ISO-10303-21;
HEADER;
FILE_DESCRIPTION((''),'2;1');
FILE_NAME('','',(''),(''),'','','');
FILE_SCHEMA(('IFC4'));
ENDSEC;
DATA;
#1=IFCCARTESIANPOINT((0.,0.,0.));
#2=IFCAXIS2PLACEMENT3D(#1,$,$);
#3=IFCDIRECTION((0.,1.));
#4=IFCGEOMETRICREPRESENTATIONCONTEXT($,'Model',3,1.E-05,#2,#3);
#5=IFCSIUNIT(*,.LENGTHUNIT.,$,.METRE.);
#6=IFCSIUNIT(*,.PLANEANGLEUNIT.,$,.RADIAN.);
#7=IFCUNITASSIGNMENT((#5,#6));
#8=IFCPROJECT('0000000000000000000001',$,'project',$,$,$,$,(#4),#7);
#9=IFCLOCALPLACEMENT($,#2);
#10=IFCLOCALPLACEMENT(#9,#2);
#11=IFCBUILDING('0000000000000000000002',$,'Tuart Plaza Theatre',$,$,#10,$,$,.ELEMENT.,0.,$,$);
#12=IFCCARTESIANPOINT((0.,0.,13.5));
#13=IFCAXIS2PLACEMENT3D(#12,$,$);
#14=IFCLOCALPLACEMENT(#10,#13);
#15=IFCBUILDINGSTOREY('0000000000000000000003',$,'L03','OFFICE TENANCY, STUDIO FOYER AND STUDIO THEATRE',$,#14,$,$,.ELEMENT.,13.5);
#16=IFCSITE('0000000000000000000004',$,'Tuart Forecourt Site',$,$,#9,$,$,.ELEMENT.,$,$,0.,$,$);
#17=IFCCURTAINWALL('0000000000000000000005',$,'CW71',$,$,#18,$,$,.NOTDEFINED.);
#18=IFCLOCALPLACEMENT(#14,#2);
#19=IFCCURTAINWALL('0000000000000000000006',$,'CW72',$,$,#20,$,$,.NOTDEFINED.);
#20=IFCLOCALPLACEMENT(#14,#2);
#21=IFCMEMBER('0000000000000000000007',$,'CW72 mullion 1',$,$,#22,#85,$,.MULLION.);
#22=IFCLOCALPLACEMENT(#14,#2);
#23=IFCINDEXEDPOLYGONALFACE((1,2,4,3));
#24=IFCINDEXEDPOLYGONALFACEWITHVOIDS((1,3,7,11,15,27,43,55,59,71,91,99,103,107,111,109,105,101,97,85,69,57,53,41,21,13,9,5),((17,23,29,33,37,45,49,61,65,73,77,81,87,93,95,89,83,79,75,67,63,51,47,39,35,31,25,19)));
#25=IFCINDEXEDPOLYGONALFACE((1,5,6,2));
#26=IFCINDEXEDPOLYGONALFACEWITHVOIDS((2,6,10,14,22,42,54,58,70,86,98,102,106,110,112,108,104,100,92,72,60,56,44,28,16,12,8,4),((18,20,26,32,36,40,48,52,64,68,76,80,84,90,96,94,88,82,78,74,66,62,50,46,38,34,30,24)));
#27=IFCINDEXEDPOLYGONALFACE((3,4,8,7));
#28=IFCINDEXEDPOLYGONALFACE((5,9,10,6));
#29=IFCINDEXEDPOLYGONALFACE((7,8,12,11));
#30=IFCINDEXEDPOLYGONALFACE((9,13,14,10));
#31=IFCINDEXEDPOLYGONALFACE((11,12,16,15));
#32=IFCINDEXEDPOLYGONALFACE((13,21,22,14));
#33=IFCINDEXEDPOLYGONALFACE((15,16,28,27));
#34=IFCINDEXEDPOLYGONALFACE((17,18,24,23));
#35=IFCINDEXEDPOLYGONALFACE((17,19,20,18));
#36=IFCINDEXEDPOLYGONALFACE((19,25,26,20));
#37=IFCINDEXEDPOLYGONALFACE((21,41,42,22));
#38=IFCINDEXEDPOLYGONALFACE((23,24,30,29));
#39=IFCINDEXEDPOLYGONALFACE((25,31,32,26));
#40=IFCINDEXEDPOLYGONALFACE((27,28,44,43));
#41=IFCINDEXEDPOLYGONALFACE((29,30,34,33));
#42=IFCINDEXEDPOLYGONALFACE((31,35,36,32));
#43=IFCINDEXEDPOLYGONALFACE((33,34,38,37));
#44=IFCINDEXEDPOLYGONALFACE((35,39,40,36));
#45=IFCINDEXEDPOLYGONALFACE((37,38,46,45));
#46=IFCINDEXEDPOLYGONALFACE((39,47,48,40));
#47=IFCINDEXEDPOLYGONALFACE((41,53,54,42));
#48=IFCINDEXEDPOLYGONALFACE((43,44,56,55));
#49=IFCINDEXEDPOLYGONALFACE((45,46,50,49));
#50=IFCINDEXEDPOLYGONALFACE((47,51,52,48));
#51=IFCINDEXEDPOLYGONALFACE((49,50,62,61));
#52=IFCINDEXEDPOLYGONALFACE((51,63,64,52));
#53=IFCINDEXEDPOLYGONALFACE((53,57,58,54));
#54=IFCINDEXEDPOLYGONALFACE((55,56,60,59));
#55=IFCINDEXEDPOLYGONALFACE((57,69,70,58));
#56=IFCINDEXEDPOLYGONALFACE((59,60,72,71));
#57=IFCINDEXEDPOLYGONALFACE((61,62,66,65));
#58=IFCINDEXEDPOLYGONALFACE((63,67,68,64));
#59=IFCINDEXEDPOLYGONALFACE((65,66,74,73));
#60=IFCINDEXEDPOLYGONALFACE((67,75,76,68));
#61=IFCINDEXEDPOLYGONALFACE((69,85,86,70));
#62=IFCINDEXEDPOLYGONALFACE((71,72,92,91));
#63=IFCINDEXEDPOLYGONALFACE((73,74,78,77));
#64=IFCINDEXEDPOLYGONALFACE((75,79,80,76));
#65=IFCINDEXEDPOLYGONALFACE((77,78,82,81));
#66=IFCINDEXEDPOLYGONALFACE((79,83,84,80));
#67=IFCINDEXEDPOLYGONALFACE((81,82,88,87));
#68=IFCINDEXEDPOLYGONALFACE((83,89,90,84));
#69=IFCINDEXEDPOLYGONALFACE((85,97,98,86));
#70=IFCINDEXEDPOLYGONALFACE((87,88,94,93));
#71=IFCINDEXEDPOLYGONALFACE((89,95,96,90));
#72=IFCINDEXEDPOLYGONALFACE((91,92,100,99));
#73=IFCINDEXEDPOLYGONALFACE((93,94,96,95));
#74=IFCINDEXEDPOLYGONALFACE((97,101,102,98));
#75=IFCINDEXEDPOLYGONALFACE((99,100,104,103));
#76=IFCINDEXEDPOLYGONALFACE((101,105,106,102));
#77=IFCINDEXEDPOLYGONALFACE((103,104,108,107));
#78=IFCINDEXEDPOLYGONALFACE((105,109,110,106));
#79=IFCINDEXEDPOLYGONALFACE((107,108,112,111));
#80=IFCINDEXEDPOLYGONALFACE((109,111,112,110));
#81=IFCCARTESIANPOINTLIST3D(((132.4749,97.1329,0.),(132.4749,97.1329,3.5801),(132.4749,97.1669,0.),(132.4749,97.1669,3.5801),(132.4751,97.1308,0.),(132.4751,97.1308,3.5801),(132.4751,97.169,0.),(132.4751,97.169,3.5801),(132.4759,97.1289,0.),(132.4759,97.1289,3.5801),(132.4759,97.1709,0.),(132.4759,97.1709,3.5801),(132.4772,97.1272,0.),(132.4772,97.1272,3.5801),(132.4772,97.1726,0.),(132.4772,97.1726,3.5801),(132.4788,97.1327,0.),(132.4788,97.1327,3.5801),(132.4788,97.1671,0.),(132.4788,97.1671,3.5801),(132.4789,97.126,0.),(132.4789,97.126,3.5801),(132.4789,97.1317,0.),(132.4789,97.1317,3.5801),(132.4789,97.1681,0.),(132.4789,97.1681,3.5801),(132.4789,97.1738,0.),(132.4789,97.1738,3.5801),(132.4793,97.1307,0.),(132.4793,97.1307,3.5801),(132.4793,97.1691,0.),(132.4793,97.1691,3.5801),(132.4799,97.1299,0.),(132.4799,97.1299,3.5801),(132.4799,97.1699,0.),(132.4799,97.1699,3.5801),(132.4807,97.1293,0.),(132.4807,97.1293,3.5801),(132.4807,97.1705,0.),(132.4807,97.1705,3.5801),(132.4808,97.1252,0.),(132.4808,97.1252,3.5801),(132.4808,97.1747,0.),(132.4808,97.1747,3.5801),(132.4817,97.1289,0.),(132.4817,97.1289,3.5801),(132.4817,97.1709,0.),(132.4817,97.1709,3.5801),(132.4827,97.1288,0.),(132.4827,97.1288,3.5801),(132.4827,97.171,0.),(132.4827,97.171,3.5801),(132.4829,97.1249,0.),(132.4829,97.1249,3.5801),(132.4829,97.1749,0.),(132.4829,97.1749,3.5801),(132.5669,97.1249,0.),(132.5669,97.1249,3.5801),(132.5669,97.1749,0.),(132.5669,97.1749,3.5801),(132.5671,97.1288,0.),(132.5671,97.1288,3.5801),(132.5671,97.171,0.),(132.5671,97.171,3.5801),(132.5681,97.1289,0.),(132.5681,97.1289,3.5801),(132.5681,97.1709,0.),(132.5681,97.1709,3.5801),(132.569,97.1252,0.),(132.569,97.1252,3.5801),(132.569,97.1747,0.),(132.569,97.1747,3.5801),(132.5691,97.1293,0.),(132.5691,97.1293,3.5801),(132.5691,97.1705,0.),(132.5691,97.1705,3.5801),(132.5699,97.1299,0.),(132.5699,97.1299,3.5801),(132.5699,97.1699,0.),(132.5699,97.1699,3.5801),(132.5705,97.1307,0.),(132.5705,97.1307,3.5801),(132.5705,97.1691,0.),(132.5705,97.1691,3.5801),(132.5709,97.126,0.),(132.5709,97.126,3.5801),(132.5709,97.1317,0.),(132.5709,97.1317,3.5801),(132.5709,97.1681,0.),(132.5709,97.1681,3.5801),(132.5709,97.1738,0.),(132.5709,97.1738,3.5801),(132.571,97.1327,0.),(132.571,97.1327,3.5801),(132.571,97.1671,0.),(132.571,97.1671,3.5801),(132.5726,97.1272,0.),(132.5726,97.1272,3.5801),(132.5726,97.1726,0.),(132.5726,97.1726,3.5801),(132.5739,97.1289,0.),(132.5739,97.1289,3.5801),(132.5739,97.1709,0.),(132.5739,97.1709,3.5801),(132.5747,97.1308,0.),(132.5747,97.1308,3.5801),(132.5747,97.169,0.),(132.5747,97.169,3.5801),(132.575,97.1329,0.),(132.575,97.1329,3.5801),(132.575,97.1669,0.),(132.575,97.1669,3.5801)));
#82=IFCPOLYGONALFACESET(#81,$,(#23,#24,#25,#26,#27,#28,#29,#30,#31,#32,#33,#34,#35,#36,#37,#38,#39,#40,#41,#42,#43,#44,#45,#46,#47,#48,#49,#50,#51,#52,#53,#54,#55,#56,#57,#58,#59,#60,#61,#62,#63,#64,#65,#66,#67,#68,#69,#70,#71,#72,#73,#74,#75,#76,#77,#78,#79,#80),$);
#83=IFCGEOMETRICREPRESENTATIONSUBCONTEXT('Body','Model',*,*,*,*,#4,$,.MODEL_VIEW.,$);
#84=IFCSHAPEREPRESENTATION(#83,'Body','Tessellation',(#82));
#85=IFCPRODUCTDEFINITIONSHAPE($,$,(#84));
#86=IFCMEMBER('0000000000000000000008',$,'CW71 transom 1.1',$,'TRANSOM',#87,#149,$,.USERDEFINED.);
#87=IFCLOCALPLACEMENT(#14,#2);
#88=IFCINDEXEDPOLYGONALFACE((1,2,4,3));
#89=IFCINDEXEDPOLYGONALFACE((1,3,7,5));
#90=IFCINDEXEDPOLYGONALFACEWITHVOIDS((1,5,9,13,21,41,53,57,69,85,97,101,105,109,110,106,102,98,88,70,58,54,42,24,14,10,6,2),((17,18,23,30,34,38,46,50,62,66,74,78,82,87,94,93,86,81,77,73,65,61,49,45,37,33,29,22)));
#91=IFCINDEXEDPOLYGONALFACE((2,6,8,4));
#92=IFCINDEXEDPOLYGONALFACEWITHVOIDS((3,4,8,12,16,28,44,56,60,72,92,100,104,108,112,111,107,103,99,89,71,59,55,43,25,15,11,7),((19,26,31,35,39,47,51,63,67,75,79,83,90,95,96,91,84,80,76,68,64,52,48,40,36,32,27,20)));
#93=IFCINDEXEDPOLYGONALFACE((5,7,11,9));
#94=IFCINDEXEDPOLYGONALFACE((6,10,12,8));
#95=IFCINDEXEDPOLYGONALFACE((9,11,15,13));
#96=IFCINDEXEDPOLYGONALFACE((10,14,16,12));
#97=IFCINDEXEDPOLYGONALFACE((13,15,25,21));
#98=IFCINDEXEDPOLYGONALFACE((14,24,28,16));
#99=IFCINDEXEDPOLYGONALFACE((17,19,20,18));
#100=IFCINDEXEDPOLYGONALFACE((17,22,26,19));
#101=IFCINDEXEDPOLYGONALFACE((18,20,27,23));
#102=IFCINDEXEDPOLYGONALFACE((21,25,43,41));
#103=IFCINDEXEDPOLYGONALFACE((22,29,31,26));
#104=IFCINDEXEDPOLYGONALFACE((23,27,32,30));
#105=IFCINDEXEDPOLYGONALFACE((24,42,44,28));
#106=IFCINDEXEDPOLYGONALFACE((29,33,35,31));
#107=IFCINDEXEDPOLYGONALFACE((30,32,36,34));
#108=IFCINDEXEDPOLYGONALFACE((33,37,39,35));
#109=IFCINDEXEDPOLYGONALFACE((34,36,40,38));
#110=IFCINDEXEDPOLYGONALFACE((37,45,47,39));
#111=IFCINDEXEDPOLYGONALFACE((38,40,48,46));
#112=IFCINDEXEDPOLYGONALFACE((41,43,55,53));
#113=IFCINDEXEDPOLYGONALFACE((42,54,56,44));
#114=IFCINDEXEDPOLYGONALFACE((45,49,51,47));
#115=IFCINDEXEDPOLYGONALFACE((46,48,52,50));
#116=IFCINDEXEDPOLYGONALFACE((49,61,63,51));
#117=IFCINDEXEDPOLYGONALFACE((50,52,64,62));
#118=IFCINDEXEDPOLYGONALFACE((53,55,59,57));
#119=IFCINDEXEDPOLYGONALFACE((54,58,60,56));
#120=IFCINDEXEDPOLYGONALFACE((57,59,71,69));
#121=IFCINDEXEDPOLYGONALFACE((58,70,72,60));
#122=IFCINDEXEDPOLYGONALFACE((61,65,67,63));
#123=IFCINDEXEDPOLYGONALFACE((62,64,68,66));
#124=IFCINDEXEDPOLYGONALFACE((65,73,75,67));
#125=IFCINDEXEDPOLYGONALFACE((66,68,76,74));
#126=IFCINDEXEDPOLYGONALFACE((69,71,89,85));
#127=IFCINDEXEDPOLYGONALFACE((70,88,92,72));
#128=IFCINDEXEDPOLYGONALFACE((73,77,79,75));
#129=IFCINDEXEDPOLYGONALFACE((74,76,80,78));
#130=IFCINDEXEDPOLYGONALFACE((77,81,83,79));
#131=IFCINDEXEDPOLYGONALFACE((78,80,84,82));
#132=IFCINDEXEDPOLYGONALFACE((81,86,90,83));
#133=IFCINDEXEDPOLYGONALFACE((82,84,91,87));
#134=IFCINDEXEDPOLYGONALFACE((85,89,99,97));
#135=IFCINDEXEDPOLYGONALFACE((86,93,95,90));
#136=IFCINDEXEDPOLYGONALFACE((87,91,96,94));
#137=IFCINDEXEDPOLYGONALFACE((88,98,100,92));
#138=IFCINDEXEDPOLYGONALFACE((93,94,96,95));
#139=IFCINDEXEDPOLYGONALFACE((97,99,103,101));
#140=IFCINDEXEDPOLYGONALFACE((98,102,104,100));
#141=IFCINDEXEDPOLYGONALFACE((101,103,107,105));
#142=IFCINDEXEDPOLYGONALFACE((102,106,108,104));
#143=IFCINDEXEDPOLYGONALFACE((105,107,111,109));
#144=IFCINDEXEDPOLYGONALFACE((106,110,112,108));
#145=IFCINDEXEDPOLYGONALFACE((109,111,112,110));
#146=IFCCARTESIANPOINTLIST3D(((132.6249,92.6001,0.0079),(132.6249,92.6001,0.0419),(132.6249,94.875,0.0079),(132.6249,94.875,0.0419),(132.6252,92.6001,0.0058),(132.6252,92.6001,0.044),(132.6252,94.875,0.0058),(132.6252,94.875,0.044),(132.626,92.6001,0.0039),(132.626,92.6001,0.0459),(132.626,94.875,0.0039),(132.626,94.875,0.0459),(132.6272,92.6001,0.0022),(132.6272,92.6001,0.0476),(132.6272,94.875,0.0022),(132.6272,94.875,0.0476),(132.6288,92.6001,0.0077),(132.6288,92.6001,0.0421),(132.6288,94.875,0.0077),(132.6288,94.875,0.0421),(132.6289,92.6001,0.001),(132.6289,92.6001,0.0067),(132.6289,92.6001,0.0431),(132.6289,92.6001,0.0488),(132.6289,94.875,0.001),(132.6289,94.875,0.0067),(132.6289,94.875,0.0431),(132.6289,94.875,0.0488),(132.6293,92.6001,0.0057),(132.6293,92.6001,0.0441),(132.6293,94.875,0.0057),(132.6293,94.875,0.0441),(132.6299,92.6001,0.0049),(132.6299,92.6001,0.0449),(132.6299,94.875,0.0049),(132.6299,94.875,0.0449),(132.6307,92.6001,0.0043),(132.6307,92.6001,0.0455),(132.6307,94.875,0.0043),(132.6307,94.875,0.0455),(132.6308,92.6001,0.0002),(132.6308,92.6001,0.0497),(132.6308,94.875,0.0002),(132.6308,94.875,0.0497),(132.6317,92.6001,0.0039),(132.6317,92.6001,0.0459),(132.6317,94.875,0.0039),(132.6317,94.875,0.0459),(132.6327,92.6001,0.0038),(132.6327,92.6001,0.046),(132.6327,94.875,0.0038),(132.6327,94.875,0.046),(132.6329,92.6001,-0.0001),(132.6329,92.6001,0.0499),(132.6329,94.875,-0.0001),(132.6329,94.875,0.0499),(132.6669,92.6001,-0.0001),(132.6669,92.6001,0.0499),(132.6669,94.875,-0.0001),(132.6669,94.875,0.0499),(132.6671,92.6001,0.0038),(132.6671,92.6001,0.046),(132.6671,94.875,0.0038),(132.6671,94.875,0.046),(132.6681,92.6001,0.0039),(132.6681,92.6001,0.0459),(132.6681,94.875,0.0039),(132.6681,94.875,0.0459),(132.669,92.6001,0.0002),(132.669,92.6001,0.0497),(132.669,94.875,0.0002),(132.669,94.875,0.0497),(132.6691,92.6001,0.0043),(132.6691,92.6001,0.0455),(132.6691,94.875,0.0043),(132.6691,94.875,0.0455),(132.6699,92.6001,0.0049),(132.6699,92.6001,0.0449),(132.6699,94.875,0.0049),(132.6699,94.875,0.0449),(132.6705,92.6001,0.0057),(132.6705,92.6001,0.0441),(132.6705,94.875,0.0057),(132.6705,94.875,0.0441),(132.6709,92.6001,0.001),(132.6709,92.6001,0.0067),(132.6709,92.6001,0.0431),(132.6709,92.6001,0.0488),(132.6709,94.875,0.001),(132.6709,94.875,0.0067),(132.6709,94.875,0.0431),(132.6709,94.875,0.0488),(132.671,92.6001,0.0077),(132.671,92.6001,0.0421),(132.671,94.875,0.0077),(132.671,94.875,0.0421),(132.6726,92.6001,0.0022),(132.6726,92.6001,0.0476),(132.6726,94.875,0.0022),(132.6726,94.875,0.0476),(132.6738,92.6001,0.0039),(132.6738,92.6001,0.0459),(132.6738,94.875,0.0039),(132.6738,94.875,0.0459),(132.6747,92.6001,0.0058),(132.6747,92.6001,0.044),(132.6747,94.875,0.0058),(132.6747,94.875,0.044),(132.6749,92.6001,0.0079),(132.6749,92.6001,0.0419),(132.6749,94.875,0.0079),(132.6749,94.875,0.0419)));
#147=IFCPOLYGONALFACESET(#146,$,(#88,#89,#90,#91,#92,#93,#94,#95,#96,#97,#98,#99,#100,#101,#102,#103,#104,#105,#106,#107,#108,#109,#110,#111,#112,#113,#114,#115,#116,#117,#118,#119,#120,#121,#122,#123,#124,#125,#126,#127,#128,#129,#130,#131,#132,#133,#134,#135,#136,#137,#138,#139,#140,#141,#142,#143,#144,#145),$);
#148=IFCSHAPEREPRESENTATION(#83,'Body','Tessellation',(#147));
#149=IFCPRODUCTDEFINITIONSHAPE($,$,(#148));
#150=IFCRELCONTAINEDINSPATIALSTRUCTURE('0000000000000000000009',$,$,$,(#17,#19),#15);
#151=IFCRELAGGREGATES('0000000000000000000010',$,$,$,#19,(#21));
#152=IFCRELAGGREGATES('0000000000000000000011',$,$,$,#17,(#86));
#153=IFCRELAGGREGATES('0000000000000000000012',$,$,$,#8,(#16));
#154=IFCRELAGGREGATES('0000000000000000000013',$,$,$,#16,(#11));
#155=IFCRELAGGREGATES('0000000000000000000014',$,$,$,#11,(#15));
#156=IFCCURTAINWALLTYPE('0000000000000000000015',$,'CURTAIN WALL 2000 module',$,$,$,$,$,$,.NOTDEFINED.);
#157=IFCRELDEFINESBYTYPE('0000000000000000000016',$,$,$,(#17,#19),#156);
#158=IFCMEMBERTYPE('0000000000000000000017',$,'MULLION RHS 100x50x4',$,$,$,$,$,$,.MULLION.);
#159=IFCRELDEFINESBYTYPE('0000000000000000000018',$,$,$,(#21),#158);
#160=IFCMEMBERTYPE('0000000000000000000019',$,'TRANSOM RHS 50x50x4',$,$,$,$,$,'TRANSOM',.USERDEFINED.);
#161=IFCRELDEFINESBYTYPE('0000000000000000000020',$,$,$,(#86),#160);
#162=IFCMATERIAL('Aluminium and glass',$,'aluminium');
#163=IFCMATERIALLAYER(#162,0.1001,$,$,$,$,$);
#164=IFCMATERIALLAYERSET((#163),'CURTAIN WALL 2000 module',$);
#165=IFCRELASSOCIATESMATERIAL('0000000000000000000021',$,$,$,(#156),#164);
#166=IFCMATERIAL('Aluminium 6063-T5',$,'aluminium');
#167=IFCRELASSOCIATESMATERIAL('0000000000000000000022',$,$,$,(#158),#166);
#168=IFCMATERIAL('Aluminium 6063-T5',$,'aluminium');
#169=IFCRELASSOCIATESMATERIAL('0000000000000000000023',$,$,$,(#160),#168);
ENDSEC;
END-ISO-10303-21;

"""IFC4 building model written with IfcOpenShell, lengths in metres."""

from ifc_helpers import new_model, si_unit, direction, frame, origin, origin_2d, place, context, subcontext, project, spatial, hollow_rectangle, extrude, material, layer, layer_set, material_profile, profile_set, type_object, element, aggregate, save


model = new_model("IFC4")

# Units and contexts
model_context = context("Model", 3, precision=1e-05, world=origin(), true_north=direction((0.0, 1.0)))
body_context = subcontext(model_context, "Body", "Model", "MODEL_VIEW")
ifc_project = project(units=[si_unit("LENGTHUNIT", "METRE"), si_unit("PLANEANGLEUNIT", "RADIAN")], contexts=[model_context])

# Site, building, storey
site_placement = place(None, origin())
site = spatial("IfcSite", under=ifc_project, at=site_placement, Name="Tuart Forecourt Site", CompositionType="ELEMENT", RefElevation=0.0)
building_placement = place(site_placement, origin())
building = spatial("IfcBuilding", under=site, at=building_placement, Name="Tuart Plaza Theatre", CompositionType="ELEMENT", ElevationOfRefHeight=0.0)
storey_placement = place(building_placement, frame((0.0, 0.0, 13.5)))
storey = spatial("IfcBuildingStorey", under=building, at=storey_placement, Name="L03", Description="OFFICE TENANCY, STUDIO FOYER AND STUDIO THEATRE", CompositionType="ELEMENT", Elevation=13.5)

# Shared definitions
ifc_material_1 = material(Name="Aluminium and glass", Category="aluminium")
ifc_layer_1 = layer(ifc_material_1, 0.1001)
ifc_layer_set_1 = layer_set([ifc_layer_1], Name="CURTAIN WALL 2000 module")
curtain_wall_type = type_object("IfcCurtainWallType", Name="CURTAIN WALL 2000 module", PredefinedType="NOTDEFINED", material=ifc_layer_set_1)
ifc_material_2 = material(Name="Aluminium 6063-T5", Category="aluminium")
ifc_material_profile_1 = material_profile(ifc_material_2, hollow_rectangle(XDim=0.05, YDim=0.1001, WallThickness=0.0039, InnerFilletRadius=0.0039, OuterFilletRadius=0.0081, at=origin_2d()), Name="RHS 100x50x4")
ifc_profile_set_1 = profile_set([ifc_material_profile_1], Name="Aluminium 6063-T5")
member_type_1 = type_object("IfcMemberType", Name="MULLION RHS 100x50x4", PredefinedType="MULLION", material=ifc_profile_set_1)

# Curtain wall
curtain_wall_1_placement = place(storey_placement, origin())
curtain_wall_1 = element("IfcCurtainWall", 1, at=curtain_wall_1_placement, inside=storey, type_object=curtain_wall_type, Name="CW71", PredefinedType="NOTDEFINED")

# Curtain wall, member
curtain_wall_2_placement = place(storey_placement, origin())
curtain_wall_2 = element("IfcCurtainWall", 2, at=curtain_wall_2_placement, inside=storey, type_object=curtain_wall_type, Name="CW72", PredefinedType="NOTDEFINED")
member_1_placement = place(storey_placement, frame((132.5249, 97.1499, 0.0), z_axis=(0.0, 0.0, 1.0), x_axis=(0.0, -1.0, 0.0)))
member_1 = element("IfcMember", 3, at=member_1_placement, type_object=member_type_1, Name="CW72 mullion 1", PredefinedType="MULLION", context=body_context, shape_type="SweptSolid", body=[
    extrude(hollow_rectangle(XDim=0.05, YDim=0.1001, WallThickness=0.0039, InnerFilletRadius=0.0039, OuterFilletRadius=0.0081, at=origin_2d()), origin(), (0.0, 0.0, 1.0), 3.5801),
])

# Member
ifc_material_3 = material(Name="Aluminium 6063-T5", Category="aluminium")
ifc_material_profile_2 = material_profile(ifc_material_3, hollow_rectangle(XDim=0.05, YDim=0.05, WallThickness=0.0039, InnerFilletRadius=0.0039, OuterFilletRadius=0.0081, at=origin_2d()), Name="RHS 50x50x4")
ifc_profile_set_2 = profile_set([ifc_material_profile_2], Name="Aluminium 6063-T5")
member_type_2 = type_object("IfcMemberType", Name="TRANSOM RHS 50x50x4", ElementType="TRANSOM", PredefinedType="USERDEFINED", material=ifc_profile_set_2)
member_2_placement = place(storey_placement, frame((132.6499, 92.6001, 0.0249), z_axis=(0.0, 1.0, 0.0), x_axis=(-1.0, 0.0, 0.0)))
member_2 = element("IfcMember", 4, at=member_2_placement, type_object=member_type_2, Name="CW71 transom 1.1", ObjectType="TRANSOM", PredefinedType="USERDEFINED", context=body_context, shape_type="SweptSolid", body=[
    extrude(hollow_rectangle(XDim=0.05, YDim=0.05, WallThickness=0.0039, InnerFilletRadius=0.0039, OuterFilletRadius=0.0081, at=origin_2d()), origin(), (0.0, 0.0, 1.0), 2.2749),
])
aggregate(curtain_wall_2, [member_1])

aggregate(curtain_wall_1, [member_2])

save(model, "model.ifc")
